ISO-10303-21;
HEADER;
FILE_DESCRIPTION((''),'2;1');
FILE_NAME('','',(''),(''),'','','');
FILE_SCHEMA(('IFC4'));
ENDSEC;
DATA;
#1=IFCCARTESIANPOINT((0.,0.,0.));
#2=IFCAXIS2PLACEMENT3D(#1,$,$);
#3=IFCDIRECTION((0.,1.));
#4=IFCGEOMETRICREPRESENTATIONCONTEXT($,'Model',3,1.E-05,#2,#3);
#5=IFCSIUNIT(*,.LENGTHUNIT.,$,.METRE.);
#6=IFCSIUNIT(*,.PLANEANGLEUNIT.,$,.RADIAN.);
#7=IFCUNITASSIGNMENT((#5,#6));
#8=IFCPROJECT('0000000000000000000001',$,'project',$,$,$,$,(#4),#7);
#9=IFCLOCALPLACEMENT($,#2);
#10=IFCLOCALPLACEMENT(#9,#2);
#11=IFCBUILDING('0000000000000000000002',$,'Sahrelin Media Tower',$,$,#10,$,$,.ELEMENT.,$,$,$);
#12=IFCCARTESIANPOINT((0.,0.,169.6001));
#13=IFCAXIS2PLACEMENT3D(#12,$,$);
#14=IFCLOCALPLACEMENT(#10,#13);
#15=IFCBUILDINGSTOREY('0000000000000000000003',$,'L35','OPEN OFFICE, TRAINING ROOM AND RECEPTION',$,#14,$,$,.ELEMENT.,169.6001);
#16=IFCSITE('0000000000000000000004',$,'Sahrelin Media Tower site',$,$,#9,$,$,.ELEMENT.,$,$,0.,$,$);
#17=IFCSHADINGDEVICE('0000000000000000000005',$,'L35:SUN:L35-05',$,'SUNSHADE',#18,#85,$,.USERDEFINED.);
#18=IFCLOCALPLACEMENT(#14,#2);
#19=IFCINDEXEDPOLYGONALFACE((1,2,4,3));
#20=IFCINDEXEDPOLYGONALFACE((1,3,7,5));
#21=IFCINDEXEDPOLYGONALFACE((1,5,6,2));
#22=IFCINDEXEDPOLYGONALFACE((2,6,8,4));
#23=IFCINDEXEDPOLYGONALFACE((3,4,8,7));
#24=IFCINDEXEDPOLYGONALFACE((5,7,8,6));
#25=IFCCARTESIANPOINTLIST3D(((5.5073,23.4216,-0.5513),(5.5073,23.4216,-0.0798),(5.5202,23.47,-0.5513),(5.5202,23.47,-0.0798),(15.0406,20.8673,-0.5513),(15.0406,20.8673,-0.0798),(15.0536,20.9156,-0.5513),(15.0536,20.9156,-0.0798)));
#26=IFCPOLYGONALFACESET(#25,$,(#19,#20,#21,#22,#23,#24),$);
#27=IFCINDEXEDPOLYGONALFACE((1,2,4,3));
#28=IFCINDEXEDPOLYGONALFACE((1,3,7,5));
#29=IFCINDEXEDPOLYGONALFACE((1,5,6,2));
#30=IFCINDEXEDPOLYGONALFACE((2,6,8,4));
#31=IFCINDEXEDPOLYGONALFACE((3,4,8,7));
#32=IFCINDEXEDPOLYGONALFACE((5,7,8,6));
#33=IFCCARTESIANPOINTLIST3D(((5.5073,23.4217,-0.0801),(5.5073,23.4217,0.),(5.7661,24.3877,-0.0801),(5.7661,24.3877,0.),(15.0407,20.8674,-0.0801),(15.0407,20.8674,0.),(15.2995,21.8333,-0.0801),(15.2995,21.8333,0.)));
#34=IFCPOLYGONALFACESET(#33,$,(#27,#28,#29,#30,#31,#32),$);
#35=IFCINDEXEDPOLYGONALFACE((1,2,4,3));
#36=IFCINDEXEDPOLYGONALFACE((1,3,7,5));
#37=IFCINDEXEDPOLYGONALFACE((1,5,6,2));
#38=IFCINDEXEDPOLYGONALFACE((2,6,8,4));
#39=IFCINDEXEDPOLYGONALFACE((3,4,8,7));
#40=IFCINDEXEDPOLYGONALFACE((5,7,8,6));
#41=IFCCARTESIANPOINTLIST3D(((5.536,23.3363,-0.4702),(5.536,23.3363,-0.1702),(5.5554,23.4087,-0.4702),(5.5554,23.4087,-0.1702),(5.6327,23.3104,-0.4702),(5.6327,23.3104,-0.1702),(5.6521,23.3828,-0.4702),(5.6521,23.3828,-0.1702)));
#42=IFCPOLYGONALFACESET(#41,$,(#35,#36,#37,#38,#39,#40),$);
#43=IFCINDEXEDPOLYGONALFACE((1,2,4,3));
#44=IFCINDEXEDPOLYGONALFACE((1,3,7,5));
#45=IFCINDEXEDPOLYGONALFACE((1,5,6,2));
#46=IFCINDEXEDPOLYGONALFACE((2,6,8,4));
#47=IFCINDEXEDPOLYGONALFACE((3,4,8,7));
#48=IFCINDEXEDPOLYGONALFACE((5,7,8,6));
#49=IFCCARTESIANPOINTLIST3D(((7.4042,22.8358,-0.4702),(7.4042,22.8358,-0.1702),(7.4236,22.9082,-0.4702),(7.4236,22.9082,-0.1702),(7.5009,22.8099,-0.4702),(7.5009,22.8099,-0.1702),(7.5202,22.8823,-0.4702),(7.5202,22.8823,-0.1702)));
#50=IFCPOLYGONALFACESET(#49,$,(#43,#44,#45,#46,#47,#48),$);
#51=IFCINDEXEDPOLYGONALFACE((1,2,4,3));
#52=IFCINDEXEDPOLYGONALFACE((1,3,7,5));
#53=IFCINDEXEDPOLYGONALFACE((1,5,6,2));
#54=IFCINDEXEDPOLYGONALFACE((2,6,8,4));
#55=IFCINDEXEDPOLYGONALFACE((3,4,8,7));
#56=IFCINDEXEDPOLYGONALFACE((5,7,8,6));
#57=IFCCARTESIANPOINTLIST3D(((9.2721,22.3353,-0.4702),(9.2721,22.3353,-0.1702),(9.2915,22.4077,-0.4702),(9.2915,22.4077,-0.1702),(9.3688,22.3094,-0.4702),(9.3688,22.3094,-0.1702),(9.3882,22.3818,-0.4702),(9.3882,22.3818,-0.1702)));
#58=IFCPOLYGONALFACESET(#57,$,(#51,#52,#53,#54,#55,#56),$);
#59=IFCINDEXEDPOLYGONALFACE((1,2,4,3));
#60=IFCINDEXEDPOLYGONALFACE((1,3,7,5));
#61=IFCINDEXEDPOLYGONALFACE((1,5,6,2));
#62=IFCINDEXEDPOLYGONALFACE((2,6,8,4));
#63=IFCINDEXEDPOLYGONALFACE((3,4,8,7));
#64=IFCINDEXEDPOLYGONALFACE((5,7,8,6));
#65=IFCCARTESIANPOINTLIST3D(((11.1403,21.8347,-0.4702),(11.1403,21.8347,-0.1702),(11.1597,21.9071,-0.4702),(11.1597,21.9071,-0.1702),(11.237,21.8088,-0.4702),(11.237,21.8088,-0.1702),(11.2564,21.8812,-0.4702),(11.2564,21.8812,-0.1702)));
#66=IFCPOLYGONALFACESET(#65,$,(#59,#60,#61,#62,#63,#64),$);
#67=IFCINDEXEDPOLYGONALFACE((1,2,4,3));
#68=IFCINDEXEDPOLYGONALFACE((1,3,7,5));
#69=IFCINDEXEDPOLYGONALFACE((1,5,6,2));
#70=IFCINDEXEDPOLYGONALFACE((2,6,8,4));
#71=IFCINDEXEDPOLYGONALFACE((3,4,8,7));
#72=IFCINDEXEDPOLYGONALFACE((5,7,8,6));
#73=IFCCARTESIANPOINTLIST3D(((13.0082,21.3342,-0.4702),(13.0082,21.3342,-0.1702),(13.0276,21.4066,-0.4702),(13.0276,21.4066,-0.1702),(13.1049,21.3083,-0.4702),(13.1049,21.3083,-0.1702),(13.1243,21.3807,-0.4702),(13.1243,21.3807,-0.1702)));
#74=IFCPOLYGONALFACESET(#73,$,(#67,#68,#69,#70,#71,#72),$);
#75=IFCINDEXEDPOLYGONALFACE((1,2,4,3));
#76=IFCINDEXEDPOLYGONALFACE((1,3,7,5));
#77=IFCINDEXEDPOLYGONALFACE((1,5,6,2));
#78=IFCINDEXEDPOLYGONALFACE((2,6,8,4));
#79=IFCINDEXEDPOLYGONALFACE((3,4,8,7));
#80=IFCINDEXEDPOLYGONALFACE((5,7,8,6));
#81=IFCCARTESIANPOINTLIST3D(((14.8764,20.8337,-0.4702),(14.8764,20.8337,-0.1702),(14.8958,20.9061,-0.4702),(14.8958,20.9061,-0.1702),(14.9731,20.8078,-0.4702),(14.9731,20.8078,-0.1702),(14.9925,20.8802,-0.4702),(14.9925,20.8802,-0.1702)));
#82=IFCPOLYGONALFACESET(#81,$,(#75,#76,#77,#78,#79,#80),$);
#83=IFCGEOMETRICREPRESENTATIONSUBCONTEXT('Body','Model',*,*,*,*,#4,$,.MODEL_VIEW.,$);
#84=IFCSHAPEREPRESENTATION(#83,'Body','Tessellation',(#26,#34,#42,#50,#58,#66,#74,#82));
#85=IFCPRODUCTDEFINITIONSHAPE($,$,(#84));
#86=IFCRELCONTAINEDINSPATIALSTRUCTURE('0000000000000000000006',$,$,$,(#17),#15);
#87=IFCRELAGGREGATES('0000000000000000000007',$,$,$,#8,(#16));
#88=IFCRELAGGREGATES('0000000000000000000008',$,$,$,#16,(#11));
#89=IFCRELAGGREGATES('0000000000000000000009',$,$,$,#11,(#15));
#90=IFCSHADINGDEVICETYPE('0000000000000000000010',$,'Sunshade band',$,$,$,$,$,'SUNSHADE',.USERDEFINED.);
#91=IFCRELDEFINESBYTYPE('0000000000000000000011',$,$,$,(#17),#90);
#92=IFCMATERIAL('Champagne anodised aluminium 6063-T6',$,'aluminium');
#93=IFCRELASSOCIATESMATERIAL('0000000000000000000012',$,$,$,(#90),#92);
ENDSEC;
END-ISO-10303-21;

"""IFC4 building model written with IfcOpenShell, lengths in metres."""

from ifc_helpers import new_model, si_unit, direction, frame, origin, origin_2d, place, context, subcontext, project, spatial, rectangle, extrude, material, type_object, element, save


model = new_model("IFC4")

# Units and contexts
model_context = context("Model", 3, precision=1e-05, world=origin(), true_north=direction((0.0, 1.0)))
body_context = subcontext(model_context, "Body", "Model", "MODEL_VIEW")
ifc_project = project(units=[si_unit("LENGTHUNIT", "METRE"), si_unit("PLANEANGLEUNIT", "RADIAN")], contexts=[model_context])

# Site, building, storey
site_placement = place(None, origin())
site = spatial("IfcSite", under=ifc_project, at=site_placement, Name="Sahrelin Media Tower site", CompositionType="ELEMENT", RefElevation=0.0)
building_placement = place(site_placement, origin())
building = spatial("IfcBuilding", under=site, at=building_placement, Name="Sahrelin Media Tower", CompositionType="ELEMENT")
storey_placement = place(building_placement, frame((0.0, 0.0, 169.6001)))
storey = spatial("IfcBuildingStorey", under=building, at=storey_placement, Name="L35", Description="OPEN OFFICE, TRAINING ROOM AND RECEPTION", CompositionType="ELEMENT", Elevation=169.6001)

# Shared definitions
ifc_material_1 = material(Name="Champagne anodised aluminium 6063-T6", Category="aluminium")

# Shading device
placement = place(storey_placement, frame((10.2688, 22.1252, 0.0), z_axis=(0.0, 0.0, 1.0), x_axis=(0.965929, -0.258808, 0.0)))
shading_device_type_1 = type_object("IfcShadingDeviceType", Name="Sunshade band", ElementType="SUNSHADE", PredefinedType="USERDEFINED", material=ifc_material_1)
element("IfcShadingDevice", 1, at=placement, inside=storey, type_object=shading_device_type_1, Name="L35:SUN:L35-05", ObjectType="SUNSHADE", PredefinedType="USERDEFINED", context=body_context, shape_type="SweptSolid", body=[
    extrude(rectangle(XDim=9.8696, YDim=0.05, at=origin_2d()), frame((0.0, 0.0449, -0.5513)), (0.0, 0.0, 1.0), 0.4714),
    extrude(rectangle(XDim=9.8696, YDim=1.0, at=origin_2d()), frame((0.0, 0.52, -0.0801)), (0.0, 0.0, 1.0), 0.0801),
    extrude(rectangle(XDim=0.1001, YDim=0.075, at=origin_2d()), frame((-4.835, -0.0176, -0.4702)), (0.0, 0.0, 1.0), 0.3),
    extrude(rectangle(XDim=0.1001, YDim=0.075, at=origin_2d()), frame((-2.9009, -0.0176, -0.4702)), (0.0, 0.0, 1.0), 0.3),
    extrude(rectangle(XDim=0.1001, YDim=0.075, at=origin_2d()), frame((-0.967, -0.0176, -0.4702)), (0.0, 0.0, 1.0), 0.3),
    extrude(rectangle(XDim=0.1001, YDim=0.075, at=origin_2d()), frame((0.967, -0.0176, -0.4702)), (0.0, 0.0, 1.0), 0.3),
    extrude(rectangle(XDim=0.1001, YDim=0.075, at=origin_2d()), frame((2.9009, -0.0176, -0.4702)), (0.0, 0.0, 1.0), 0.3),
    extrude(rectangle(XDim=0.1001, YDim=0.075, at=origin_2d()), frame((4.835, -0.0176, -0.4702)), (0.0, 0.0, 1.0), 0.3),
])

save(model, "model.ifc")
